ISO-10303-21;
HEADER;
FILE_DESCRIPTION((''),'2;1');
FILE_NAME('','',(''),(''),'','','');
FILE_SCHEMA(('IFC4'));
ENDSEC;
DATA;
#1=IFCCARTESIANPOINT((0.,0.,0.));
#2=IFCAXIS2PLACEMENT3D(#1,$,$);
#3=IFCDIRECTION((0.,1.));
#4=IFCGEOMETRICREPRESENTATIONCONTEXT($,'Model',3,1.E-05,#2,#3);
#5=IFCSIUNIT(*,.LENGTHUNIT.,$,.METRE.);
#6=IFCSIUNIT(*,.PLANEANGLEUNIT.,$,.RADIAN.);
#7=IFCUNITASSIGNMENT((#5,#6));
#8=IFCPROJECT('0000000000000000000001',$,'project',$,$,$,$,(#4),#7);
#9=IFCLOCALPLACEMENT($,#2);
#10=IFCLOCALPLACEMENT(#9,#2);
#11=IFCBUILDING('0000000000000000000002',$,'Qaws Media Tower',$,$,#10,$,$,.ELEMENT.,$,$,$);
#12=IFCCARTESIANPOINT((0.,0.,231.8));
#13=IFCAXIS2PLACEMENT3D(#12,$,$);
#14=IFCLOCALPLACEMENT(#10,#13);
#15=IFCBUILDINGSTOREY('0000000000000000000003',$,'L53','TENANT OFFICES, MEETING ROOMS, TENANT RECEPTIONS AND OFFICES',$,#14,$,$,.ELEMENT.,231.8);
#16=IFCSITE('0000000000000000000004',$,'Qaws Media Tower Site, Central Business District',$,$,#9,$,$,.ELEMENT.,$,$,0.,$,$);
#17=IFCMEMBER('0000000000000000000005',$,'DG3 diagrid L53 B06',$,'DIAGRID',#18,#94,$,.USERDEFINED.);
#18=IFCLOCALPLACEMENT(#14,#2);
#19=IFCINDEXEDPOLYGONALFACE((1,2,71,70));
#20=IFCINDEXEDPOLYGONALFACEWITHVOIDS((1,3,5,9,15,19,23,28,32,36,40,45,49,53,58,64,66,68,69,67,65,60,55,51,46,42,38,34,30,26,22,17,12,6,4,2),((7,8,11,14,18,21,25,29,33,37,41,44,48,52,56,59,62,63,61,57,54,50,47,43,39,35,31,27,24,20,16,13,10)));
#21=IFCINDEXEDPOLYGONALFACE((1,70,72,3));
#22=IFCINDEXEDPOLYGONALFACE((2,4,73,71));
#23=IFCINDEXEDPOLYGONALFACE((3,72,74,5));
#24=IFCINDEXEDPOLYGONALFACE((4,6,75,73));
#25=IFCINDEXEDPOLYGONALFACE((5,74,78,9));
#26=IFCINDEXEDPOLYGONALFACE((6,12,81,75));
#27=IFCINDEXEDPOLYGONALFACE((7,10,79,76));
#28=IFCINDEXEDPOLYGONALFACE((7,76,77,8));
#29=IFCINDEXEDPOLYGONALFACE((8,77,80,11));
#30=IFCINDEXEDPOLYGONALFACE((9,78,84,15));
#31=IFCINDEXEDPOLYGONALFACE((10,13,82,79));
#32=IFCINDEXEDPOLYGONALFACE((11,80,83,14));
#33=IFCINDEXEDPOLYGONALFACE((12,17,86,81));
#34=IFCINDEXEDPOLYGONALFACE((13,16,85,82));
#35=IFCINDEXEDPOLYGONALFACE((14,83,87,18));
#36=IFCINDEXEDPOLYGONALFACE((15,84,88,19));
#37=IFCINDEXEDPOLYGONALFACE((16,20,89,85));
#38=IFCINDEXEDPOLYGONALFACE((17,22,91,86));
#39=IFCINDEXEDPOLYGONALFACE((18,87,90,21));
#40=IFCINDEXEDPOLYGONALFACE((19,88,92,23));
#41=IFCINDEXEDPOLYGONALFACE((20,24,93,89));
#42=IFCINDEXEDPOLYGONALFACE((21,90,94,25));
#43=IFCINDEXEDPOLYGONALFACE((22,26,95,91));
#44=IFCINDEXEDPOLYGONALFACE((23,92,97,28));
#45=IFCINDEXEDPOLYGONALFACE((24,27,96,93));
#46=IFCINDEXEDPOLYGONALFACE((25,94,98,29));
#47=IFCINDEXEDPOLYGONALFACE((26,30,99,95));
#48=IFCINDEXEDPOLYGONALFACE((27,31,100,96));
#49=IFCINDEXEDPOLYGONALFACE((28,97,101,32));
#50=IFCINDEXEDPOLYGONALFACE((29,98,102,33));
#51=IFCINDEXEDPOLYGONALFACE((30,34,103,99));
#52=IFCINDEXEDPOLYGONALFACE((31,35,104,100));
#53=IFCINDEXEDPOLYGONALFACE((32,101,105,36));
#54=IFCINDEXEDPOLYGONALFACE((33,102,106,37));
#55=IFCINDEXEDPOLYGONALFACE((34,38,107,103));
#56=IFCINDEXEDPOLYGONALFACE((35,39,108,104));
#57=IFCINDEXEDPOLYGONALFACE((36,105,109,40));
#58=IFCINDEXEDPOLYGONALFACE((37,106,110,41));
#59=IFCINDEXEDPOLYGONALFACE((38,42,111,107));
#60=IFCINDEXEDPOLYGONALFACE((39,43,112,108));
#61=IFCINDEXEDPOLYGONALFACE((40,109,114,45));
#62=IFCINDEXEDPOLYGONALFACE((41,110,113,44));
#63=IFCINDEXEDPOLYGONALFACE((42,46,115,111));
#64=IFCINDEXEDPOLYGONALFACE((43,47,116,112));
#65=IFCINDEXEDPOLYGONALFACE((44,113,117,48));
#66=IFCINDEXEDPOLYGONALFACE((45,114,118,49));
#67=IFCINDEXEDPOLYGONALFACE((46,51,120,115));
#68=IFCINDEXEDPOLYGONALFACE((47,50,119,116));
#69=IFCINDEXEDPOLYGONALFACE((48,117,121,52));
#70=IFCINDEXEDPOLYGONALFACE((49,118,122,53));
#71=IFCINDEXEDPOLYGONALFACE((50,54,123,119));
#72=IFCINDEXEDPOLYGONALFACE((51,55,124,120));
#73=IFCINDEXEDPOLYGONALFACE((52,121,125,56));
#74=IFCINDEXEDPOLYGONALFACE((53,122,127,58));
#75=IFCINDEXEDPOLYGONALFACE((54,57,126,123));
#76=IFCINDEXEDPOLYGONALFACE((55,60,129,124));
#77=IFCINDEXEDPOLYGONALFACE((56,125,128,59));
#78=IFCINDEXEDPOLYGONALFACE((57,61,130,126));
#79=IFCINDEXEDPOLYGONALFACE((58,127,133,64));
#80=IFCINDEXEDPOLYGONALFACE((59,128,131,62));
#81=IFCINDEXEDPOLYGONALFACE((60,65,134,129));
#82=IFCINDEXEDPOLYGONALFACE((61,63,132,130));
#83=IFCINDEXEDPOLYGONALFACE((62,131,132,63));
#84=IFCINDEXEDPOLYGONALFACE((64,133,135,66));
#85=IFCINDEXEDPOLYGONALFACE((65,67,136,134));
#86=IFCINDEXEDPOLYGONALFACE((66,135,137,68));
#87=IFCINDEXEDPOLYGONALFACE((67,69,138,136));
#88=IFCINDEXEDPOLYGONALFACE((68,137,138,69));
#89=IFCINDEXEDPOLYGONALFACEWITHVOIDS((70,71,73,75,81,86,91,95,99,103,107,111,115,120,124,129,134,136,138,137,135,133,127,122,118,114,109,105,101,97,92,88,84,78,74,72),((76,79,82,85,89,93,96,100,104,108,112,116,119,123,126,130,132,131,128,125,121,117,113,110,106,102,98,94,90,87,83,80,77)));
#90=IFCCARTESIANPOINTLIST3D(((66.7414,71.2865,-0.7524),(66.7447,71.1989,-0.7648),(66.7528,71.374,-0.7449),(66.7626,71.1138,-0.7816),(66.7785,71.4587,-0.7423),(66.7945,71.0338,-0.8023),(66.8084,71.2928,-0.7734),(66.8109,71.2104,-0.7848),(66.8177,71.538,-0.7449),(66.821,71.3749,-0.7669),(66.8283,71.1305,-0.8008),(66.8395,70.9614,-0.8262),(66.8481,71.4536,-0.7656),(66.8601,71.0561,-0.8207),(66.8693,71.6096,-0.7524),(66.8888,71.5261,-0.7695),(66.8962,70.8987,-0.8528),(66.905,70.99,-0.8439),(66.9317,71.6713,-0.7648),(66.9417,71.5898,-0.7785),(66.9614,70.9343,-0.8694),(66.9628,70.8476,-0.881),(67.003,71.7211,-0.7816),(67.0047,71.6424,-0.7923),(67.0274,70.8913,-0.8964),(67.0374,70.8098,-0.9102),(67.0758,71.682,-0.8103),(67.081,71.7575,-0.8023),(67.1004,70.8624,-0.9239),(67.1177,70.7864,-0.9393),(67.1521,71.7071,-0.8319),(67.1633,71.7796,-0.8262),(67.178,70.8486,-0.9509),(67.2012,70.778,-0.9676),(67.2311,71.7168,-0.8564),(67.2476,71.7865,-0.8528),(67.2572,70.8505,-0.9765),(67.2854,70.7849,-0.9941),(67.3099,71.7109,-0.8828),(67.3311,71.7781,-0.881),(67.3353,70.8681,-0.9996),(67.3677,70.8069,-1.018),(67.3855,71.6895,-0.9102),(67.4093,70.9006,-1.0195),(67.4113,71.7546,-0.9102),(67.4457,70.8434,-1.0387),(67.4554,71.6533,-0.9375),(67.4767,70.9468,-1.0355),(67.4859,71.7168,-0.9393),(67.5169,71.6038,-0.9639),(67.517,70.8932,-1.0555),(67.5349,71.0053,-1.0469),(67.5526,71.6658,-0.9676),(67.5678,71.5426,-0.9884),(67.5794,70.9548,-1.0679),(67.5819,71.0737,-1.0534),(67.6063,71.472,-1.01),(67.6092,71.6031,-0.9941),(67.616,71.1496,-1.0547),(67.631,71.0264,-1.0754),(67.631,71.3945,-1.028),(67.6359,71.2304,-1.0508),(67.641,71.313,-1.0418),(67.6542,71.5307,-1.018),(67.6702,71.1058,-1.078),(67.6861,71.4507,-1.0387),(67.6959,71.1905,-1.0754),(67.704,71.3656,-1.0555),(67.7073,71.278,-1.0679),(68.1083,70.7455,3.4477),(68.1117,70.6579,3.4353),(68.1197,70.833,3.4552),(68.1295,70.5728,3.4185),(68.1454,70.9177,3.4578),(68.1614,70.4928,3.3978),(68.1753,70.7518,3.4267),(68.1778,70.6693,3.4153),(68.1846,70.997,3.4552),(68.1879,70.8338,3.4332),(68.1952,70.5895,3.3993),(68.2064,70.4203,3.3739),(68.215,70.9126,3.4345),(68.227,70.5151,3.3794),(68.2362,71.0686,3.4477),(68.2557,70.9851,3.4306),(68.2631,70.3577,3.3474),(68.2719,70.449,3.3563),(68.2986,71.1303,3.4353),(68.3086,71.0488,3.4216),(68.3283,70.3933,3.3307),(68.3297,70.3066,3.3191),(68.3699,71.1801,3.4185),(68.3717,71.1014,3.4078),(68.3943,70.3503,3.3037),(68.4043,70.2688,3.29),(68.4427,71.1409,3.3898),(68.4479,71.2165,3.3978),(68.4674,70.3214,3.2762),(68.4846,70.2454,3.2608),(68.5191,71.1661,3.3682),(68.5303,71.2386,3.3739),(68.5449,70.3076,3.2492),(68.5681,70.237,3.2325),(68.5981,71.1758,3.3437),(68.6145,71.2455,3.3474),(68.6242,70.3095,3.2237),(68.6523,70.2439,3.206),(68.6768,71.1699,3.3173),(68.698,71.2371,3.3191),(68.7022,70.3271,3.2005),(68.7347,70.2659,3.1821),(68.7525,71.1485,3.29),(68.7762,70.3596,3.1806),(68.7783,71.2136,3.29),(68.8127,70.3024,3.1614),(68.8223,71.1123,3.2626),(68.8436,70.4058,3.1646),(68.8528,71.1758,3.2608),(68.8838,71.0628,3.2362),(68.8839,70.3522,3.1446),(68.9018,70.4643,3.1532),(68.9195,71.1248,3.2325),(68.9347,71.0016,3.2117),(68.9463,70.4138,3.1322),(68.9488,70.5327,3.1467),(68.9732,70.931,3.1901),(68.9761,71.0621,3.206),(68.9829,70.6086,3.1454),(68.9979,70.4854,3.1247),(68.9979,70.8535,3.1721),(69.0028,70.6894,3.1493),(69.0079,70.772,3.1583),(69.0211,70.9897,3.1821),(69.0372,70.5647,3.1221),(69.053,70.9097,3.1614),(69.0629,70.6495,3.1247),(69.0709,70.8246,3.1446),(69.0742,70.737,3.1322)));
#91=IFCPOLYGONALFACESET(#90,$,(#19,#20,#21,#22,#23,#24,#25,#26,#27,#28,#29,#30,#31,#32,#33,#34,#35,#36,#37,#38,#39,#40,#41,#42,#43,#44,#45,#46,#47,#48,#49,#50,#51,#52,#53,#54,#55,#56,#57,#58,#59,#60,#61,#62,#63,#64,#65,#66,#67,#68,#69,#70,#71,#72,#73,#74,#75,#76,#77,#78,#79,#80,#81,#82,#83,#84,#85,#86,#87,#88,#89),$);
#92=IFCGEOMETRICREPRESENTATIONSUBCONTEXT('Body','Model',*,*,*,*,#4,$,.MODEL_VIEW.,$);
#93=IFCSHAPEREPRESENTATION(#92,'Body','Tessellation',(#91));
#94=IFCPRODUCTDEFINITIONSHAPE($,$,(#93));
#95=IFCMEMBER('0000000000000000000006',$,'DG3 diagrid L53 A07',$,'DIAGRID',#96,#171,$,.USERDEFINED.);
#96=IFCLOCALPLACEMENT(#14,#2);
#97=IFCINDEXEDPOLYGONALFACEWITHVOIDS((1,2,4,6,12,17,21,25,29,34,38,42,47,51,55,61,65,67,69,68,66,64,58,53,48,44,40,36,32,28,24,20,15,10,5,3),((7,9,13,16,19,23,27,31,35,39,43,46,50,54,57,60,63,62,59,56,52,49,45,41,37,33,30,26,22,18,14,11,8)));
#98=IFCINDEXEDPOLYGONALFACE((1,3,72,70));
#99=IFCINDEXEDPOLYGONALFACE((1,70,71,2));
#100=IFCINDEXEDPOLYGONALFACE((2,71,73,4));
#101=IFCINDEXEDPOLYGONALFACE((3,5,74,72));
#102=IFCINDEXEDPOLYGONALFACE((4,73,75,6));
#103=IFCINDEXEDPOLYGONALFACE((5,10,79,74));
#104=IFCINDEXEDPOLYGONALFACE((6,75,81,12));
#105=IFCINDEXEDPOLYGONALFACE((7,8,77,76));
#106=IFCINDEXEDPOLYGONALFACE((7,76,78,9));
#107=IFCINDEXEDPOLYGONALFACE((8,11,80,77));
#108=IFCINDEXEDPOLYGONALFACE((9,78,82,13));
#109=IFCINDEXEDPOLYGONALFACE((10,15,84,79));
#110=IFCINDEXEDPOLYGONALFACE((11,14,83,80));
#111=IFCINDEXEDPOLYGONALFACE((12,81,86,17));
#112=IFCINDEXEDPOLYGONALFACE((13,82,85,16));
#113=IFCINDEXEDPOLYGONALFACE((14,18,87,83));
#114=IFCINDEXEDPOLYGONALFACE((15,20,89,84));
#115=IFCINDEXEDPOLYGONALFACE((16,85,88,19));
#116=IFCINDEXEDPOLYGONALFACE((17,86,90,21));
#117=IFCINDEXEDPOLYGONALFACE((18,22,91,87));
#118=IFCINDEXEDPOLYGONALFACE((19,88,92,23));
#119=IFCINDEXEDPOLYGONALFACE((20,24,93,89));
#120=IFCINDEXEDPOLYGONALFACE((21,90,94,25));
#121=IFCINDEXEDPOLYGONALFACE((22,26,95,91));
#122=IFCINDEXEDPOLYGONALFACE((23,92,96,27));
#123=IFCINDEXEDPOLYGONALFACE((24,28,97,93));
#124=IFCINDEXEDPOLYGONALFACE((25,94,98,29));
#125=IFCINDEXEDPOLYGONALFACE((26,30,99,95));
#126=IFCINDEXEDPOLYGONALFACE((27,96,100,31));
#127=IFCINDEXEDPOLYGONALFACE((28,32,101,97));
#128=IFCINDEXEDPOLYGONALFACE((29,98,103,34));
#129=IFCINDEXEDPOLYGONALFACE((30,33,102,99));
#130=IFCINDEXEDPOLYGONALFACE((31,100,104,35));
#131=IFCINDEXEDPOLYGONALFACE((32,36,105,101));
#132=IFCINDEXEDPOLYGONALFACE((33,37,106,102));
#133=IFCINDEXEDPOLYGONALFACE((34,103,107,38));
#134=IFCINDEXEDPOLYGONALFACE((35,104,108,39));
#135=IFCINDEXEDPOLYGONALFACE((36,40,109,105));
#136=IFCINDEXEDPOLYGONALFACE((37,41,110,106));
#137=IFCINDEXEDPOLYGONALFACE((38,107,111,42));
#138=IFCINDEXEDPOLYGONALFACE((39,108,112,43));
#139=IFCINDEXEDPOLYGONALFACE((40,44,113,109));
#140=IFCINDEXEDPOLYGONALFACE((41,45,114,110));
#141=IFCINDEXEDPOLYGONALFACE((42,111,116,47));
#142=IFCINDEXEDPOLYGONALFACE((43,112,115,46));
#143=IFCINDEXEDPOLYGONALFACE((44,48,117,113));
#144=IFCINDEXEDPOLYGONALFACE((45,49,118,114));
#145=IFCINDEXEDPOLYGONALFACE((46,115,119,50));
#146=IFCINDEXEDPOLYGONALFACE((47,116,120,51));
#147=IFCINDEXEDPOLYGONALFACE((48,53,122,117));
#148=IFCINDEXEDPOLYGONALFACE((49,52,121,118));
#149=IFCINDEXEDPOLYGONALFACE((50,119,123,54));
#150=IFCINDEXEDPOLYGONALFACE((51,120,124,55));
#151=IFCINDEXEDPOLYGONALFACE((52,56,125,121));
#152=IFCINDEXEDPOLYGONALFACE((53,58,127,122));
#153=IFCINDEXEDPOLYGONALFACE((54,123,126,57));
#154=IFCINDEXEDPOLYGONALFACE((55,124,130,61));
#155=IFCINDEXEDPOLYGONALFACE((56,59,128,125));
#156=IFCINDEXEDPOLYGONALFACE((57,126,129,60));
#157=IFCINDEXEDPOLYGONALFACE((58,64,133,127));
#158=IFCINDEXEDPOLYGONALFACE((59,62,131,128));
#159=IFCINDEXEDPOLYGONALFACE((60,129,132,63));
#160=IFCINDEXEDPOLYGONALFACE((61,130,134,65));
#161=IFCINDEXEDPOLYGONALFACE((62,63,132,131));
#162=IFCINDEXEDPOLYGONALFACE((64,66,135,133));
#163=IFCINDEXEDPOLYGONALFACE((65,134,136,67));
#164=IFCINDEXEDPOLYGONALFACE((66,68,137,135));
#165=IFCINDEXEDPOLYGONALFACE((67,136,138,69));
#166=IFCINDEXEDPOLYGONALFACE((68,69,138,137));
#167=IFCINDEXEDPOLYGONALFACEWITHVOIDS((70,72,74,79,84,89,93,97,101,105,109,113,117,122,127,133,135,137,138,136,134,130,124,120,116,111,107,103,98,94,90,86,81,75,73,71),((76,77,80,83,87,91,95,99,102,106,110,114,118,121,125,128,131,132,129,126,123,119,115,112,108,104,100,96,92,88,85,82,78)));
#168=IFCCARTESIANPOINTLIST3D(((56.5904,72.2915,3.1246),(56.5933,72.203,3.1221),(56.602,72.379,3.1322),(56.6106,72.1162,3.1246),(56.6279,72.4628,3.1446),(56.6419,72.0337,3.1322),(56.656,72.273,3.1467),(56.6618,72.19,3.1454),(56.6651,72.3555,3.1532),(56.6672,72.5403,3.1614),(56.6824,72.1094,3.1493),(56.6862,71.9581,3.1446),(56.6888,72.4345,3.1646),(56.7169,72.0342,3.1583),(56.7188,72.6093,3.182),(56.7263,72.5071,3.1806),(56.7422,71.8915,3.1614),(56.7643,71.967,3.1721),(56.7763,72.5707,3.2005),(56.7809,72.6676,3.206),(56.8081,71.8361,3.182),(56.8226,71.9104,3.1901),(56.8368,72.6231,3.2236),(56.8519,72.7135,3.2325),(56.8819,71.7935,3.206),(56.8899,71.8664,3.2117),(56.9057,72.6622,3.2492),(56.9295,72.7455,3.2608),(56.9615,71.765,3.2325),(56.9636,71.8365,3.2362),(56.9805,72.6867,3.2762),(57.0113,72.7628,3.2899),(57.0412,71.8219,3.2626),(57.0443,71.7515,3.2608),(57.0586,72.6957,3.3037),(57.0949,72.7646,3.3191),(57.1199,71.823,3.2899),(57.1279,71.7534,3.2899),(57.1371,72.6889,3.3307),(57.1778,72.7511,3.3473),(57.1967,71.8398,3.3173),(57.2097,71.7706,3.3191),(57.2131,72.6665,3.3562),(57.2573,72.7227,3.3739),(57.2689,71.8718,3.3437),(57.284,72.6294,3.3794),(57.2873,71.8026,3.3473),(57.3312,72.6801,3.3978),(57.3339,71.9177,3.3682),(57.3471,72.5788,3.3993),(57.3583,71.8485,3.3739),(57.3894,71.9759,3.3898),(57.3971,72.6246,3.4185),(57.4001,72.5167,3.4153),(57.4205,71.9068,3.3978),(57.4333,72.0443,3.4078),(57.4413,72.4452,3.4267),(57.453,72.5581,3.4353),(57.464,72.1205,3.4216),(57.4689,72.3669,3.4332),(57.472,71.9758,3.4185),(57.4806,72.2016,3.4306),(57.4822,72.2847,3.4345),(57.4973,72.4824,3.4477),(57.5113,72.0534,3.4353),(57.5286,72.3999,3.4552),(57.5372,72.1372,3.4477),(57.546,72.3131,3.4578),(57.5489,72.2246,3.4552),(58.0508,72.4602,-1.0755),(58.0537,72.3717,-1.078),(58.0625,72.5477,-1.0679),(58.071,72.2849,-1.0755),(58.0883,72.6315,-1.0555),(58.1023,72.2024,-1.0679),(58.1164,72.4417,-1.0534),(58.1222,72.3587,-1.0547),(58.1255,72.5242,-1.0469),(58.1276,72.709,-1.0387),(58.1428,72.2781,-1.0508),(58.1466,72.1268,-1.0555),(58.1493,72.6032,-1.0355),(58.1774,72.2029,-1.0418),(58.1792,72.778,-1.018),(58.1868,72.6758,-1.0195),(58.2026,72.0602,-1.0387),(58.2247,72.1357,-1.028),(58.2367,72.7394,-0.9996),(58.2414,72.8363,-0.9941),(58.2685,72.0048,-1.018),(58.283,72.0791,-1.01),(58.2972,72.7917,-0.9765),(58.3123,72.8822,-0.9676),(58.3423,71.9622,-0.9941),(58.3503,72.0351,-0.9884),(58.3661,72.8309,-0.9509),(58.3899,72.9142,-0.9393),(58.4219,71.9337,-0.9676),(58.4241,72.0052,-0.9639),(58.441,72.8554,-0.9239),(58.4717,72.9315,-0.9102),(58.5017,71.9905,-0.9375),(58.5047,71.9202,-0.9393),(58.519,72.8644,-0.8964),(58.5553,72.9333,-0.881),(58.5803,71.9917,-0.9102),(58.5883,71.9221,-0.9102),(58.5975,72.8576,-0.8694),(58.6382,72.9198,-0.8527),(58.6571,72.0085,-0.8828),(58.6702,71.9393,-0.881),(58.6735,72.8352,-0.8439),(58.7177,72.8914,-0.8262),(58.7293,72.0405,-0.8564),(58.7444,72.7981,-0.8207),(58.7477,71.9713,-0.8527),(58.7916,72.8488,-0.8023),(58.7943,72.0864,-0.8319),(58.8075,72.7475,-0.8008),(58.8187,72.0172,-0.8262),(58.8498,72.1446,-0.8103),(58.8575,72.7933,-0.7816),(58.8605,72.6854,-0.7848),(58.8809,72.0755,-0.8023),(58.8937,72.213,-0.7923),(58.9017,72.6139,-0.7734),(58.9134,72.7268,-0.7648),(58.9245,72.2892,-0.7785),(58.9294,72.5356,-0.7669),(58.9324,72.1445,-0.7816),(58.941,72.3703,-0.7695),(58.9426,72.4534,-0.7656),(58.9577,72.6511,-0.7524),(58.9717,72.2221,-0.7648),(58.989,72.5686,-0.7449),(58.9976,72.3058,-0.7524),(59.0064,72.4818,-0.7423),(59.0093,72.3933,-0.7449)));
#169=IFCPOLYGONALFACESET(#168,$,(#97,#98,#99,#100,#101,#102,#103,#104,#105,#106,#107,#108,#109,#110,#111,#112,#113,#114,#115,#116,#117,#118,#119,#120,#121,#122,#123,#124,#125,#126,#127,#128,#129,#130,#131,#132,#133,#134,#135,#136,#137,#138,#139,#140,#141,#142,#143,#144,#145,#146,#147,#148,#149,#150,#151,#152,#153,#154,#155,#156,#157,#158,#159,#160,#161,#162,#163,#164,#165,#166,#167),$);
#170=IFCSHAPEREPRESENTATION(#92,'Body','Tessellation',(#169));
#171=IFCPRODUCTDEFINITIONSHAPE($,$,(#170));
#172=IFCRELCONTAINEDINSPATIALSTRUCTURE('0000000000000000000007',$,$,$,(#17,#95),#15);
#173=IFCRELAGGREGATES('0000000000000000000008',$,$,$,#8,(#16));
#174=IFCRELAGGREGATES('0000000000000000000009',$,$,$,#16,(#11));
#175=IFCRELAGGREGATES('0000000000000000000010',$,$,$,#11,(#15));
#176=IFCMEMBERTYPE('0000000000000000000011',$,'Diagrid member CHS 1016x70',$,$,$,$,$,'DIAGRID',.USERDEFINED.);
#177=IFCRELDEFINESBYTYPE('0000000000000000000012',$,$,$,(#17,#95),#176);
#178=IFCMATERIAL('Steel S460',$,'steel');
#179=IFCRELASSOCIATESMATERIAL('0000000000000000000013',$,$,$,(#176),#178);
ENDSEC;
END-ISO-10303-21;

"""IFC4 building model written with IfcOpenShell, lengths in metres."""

from ifc_helpers import new_model, si_unit, direction, frame, origin, origin_2d, place, context, subcontext, project, spatial, hollow_circle, extrude, material, material_profile, profile_set, type_object, element, save


model = new_model("IFC4")

# Units and contexts
model_context = context("Model", 3, precision=1e-05, world=origin(), true_north=direction((0.0, 1.0)))
body_context = subcontext(model_context, "Body", "Model", "MODEL_VIEW")
ifc_project = project(units=[si_unit("LENGTHUNIT", "METRE"), si_unit("PLANEANGLEUNIT", "RADIAN")], contexts=[model_context])

# Site, building, storey
site_placement = place(None, origin())
site = spatial("IfcSite", under=ifc_project, at=site_placement, Name="Qaws Media Tower Site, Central Business District", CompositionType="ELEMENT", RefElevation=0.0)
building_placement = place(site_placement, origin())
building = spatial("IfcBuilding", under=site, at=building_placement, Name="Qaws Media Tower", CompositionType="ELEMENT")
storey_placement = place(building_placement, frame((0.0, 0.0, 231.8)))
storey = spatial("IfcBuildingStorey", under=building, at=storey_placement, Name="L53", Description="TENANT OFFICES, MEETING ROOMS, TENANT RECEPTIONS AND OFFICES", CompositionType="ELEMENT", Elevation=231.8)

# Members
ifc_material_1 = material(Name="Steel S460", Category="steel")
ifc_material_profile_1 = material_profile(ifc_material_1, hollow_circle(Radius=0.5081, WallThickness=0.0701, at=origin_2d()), Name="CHS 1016x70")
ifc_profile_set_1 = profile_set([ifc_material_profile_1], Name="Steel S460")
member_type_1 = type_object("IfcMemberType", Name="Diagrid member CHS 1016x70", ElementType="DIAGRID", PredefinedType="USERDEFINED", material=ifc_profile_set_1)
for number, where, z_axis, x_axis, name in (
    (1, (67.2244, 71.2822, -0.9102), (0.307175, -0.121575, 0.943855), (0.36801, 0.929822, 0.0), "DG3 diagrid L53 B06"),
    (2, (58.53, 72.4268, -0.9102), (-0.328187, -0.03791, 0.943852), (0.11475, -0.993394, 0.0), "DG3 diagrid L53 A07"),
):
    element("IfcMember", number, at=place(storey_placement, frame(where, z_axis=z_axis, x_axis=x_axis)), inside=storey, type_object=member_type_1, Name=name, ObjectType="DIAGRID", PredefinedType="USERDEFINED", context=body_context, shape_type="SweptSolid", body=[
        extrude(hollow_circle(Radius=0.5081, WallThickness=0.0701, at=origin_2d()), origin(), (0.0, 0.0, 1.0), 4.45),
    ])

save(model, "model.ifc")
